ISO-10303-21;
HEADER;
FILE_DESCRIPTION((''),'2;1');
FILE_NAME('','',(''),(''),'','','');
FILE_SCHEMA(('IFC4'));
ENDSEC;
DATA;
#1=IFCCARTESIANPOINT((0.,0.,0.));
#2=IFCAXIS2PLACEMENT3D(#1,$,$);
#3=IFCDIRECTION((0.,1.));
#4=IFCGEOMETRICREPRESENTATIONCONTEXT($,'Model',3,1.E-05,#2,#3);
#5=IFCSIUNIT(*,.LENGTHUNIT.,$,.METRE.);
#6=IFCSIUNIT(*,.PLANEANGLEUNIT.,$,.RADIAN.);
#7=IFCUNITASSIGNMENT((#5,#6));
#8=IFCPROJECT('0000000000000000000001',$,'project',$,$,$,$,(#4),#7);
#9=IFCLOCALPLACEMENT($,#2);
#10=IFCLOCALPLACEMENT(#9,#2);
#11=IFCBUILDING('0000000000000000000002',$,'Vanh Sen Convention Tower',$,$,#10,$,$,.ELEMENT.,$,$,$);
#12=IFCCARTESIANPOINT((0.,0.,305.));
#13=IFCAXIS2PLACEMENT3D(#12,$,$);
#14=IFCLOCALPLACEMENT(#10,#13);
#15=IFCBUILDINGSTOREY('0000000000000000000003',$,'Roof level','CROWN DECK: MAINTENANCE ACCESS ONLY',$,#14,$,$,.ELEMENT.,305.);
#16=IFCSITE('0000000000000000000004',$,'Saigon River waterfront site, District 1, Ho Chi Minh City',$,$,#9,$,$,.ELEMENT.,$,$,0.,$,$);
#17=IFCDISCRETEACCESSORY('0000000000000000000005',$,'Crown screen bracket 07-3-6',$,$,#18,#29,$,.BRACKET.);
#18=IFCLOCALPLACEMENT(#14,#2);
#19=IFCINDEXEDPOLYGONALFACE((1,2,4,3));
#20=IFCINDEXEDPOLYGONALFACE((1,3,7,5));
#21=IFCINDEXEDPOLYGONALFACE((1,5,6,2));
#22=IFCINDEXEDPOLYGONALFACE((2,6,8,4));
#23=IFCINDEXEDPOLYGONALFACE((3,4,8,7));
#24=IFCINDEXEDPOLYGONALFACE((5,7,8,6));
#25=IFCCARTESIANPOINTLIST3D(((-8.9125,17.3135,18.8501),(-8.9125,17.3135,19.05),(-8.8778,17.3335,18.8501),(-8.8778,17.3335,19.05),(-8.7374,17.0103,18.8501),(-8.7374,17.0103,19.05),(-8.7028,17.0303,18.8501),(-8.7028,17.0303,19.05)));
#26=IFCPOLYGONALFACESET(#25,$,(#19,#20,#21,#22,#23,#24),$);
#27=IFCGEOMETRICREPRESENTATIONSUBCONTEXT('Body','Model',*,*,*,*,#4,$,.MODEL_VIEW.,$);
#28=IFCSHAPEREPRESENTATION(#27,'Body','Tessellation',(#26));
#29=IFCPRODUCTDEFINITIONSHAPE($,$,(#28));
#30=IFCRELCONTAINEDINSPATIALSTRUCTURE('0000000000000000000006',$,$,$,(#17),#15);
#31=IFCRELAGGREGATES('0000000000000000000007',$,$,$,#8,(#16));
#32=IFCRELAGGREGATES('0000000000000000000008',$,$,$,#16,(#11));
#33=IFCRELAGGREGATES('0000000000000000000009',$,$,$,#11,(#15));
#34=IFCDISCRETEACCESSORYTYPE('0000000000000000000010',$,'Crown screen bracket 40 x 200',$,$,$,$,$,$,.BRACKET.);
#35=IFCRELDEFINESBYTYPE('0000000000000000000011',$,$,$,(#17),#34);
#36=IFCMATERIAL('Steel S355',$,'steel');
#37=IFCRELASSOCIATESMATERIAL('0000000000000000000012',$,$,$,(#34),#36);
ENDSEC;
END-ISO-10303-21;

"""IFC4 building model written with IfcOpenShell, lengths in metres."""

from ifc_helpers import new_model, si_unit, direction, frame, origin, origin_2d, place, context, subcontext, project, spatial, rectangle, extrude, material, type_object, element, save


model = new_model("IFC4")

# Units and contexts
model_context = context("Model", 3, precision=1e-05, world=origin(), true_north=direction((0.0, 1.0)))
body_context = subcontext(model_context, "Body", "Model", "MODEL_VIEW")
ifc_project = project(units=[si_unit("LENGTHUNIT", "METRE"), si_unit("PLANEANGLEUNIT", "RADIAN")], contexts=[model_context])

# Site, building, storey
site_placement = place(None, origin())
site = spatial("IfcSite", under=ifc_project, at=site_placement, Name="Saigon River waterfront site, District 1, Ho Chi Minh City", CompositionType="ELEMENT", RefElevation=0.0)
building_placement = place(site_placement, origin())
building = spatial("IfcBuilding", under=site, at=building_placement, Name="Vanh Sen Convention Tower", CompositionType="ELEMENT")
storey_placement = place(building_placement, frame((0.0, 0.0, 305.0)))
storey = spatial("IfcBuildingStorey", under=building, at=storey_placement, Name="Roof level", Description="CROWN DECK: MAINTENANCE ACCESS ONLY", CompositionType="ELEMENT", Elevation=305.0)

# Discrete accessory
ifc_material_1 = material(Name="Steel S355", Category="steel")
discrete_accessory_type_1 = type_object("IfcDiscreteAccessoryType", Name="Crown screen bracket 40 x 200", PredefinedType="BRACKET", material=ifc_material_1)
discrete_accessory_1_placement = place(storey_placement, frame((-8.8076, 17.1719, 18.8501), z_axis=(0.0, 0.0, 1.0), x_axis=(-0.500005, 0.866023, 0.0)))
element("IfcDiscreteAccessory", 1, at=discrete_accessory_1_placement, inside=storey, type_object=discrete_accessory_type_1, Name="Crown screen bracket 07-3-6", PredefinedType="BRACKET", context=body_context, shape_type="SweptSolid", body=[
    extrude(rectangle(XDim=0.3501, YDim=0.04, at=origin_2d()), origin(), (0.0, 0.0, 1.0), 0.2),
])

save(model, "model.ifc")
